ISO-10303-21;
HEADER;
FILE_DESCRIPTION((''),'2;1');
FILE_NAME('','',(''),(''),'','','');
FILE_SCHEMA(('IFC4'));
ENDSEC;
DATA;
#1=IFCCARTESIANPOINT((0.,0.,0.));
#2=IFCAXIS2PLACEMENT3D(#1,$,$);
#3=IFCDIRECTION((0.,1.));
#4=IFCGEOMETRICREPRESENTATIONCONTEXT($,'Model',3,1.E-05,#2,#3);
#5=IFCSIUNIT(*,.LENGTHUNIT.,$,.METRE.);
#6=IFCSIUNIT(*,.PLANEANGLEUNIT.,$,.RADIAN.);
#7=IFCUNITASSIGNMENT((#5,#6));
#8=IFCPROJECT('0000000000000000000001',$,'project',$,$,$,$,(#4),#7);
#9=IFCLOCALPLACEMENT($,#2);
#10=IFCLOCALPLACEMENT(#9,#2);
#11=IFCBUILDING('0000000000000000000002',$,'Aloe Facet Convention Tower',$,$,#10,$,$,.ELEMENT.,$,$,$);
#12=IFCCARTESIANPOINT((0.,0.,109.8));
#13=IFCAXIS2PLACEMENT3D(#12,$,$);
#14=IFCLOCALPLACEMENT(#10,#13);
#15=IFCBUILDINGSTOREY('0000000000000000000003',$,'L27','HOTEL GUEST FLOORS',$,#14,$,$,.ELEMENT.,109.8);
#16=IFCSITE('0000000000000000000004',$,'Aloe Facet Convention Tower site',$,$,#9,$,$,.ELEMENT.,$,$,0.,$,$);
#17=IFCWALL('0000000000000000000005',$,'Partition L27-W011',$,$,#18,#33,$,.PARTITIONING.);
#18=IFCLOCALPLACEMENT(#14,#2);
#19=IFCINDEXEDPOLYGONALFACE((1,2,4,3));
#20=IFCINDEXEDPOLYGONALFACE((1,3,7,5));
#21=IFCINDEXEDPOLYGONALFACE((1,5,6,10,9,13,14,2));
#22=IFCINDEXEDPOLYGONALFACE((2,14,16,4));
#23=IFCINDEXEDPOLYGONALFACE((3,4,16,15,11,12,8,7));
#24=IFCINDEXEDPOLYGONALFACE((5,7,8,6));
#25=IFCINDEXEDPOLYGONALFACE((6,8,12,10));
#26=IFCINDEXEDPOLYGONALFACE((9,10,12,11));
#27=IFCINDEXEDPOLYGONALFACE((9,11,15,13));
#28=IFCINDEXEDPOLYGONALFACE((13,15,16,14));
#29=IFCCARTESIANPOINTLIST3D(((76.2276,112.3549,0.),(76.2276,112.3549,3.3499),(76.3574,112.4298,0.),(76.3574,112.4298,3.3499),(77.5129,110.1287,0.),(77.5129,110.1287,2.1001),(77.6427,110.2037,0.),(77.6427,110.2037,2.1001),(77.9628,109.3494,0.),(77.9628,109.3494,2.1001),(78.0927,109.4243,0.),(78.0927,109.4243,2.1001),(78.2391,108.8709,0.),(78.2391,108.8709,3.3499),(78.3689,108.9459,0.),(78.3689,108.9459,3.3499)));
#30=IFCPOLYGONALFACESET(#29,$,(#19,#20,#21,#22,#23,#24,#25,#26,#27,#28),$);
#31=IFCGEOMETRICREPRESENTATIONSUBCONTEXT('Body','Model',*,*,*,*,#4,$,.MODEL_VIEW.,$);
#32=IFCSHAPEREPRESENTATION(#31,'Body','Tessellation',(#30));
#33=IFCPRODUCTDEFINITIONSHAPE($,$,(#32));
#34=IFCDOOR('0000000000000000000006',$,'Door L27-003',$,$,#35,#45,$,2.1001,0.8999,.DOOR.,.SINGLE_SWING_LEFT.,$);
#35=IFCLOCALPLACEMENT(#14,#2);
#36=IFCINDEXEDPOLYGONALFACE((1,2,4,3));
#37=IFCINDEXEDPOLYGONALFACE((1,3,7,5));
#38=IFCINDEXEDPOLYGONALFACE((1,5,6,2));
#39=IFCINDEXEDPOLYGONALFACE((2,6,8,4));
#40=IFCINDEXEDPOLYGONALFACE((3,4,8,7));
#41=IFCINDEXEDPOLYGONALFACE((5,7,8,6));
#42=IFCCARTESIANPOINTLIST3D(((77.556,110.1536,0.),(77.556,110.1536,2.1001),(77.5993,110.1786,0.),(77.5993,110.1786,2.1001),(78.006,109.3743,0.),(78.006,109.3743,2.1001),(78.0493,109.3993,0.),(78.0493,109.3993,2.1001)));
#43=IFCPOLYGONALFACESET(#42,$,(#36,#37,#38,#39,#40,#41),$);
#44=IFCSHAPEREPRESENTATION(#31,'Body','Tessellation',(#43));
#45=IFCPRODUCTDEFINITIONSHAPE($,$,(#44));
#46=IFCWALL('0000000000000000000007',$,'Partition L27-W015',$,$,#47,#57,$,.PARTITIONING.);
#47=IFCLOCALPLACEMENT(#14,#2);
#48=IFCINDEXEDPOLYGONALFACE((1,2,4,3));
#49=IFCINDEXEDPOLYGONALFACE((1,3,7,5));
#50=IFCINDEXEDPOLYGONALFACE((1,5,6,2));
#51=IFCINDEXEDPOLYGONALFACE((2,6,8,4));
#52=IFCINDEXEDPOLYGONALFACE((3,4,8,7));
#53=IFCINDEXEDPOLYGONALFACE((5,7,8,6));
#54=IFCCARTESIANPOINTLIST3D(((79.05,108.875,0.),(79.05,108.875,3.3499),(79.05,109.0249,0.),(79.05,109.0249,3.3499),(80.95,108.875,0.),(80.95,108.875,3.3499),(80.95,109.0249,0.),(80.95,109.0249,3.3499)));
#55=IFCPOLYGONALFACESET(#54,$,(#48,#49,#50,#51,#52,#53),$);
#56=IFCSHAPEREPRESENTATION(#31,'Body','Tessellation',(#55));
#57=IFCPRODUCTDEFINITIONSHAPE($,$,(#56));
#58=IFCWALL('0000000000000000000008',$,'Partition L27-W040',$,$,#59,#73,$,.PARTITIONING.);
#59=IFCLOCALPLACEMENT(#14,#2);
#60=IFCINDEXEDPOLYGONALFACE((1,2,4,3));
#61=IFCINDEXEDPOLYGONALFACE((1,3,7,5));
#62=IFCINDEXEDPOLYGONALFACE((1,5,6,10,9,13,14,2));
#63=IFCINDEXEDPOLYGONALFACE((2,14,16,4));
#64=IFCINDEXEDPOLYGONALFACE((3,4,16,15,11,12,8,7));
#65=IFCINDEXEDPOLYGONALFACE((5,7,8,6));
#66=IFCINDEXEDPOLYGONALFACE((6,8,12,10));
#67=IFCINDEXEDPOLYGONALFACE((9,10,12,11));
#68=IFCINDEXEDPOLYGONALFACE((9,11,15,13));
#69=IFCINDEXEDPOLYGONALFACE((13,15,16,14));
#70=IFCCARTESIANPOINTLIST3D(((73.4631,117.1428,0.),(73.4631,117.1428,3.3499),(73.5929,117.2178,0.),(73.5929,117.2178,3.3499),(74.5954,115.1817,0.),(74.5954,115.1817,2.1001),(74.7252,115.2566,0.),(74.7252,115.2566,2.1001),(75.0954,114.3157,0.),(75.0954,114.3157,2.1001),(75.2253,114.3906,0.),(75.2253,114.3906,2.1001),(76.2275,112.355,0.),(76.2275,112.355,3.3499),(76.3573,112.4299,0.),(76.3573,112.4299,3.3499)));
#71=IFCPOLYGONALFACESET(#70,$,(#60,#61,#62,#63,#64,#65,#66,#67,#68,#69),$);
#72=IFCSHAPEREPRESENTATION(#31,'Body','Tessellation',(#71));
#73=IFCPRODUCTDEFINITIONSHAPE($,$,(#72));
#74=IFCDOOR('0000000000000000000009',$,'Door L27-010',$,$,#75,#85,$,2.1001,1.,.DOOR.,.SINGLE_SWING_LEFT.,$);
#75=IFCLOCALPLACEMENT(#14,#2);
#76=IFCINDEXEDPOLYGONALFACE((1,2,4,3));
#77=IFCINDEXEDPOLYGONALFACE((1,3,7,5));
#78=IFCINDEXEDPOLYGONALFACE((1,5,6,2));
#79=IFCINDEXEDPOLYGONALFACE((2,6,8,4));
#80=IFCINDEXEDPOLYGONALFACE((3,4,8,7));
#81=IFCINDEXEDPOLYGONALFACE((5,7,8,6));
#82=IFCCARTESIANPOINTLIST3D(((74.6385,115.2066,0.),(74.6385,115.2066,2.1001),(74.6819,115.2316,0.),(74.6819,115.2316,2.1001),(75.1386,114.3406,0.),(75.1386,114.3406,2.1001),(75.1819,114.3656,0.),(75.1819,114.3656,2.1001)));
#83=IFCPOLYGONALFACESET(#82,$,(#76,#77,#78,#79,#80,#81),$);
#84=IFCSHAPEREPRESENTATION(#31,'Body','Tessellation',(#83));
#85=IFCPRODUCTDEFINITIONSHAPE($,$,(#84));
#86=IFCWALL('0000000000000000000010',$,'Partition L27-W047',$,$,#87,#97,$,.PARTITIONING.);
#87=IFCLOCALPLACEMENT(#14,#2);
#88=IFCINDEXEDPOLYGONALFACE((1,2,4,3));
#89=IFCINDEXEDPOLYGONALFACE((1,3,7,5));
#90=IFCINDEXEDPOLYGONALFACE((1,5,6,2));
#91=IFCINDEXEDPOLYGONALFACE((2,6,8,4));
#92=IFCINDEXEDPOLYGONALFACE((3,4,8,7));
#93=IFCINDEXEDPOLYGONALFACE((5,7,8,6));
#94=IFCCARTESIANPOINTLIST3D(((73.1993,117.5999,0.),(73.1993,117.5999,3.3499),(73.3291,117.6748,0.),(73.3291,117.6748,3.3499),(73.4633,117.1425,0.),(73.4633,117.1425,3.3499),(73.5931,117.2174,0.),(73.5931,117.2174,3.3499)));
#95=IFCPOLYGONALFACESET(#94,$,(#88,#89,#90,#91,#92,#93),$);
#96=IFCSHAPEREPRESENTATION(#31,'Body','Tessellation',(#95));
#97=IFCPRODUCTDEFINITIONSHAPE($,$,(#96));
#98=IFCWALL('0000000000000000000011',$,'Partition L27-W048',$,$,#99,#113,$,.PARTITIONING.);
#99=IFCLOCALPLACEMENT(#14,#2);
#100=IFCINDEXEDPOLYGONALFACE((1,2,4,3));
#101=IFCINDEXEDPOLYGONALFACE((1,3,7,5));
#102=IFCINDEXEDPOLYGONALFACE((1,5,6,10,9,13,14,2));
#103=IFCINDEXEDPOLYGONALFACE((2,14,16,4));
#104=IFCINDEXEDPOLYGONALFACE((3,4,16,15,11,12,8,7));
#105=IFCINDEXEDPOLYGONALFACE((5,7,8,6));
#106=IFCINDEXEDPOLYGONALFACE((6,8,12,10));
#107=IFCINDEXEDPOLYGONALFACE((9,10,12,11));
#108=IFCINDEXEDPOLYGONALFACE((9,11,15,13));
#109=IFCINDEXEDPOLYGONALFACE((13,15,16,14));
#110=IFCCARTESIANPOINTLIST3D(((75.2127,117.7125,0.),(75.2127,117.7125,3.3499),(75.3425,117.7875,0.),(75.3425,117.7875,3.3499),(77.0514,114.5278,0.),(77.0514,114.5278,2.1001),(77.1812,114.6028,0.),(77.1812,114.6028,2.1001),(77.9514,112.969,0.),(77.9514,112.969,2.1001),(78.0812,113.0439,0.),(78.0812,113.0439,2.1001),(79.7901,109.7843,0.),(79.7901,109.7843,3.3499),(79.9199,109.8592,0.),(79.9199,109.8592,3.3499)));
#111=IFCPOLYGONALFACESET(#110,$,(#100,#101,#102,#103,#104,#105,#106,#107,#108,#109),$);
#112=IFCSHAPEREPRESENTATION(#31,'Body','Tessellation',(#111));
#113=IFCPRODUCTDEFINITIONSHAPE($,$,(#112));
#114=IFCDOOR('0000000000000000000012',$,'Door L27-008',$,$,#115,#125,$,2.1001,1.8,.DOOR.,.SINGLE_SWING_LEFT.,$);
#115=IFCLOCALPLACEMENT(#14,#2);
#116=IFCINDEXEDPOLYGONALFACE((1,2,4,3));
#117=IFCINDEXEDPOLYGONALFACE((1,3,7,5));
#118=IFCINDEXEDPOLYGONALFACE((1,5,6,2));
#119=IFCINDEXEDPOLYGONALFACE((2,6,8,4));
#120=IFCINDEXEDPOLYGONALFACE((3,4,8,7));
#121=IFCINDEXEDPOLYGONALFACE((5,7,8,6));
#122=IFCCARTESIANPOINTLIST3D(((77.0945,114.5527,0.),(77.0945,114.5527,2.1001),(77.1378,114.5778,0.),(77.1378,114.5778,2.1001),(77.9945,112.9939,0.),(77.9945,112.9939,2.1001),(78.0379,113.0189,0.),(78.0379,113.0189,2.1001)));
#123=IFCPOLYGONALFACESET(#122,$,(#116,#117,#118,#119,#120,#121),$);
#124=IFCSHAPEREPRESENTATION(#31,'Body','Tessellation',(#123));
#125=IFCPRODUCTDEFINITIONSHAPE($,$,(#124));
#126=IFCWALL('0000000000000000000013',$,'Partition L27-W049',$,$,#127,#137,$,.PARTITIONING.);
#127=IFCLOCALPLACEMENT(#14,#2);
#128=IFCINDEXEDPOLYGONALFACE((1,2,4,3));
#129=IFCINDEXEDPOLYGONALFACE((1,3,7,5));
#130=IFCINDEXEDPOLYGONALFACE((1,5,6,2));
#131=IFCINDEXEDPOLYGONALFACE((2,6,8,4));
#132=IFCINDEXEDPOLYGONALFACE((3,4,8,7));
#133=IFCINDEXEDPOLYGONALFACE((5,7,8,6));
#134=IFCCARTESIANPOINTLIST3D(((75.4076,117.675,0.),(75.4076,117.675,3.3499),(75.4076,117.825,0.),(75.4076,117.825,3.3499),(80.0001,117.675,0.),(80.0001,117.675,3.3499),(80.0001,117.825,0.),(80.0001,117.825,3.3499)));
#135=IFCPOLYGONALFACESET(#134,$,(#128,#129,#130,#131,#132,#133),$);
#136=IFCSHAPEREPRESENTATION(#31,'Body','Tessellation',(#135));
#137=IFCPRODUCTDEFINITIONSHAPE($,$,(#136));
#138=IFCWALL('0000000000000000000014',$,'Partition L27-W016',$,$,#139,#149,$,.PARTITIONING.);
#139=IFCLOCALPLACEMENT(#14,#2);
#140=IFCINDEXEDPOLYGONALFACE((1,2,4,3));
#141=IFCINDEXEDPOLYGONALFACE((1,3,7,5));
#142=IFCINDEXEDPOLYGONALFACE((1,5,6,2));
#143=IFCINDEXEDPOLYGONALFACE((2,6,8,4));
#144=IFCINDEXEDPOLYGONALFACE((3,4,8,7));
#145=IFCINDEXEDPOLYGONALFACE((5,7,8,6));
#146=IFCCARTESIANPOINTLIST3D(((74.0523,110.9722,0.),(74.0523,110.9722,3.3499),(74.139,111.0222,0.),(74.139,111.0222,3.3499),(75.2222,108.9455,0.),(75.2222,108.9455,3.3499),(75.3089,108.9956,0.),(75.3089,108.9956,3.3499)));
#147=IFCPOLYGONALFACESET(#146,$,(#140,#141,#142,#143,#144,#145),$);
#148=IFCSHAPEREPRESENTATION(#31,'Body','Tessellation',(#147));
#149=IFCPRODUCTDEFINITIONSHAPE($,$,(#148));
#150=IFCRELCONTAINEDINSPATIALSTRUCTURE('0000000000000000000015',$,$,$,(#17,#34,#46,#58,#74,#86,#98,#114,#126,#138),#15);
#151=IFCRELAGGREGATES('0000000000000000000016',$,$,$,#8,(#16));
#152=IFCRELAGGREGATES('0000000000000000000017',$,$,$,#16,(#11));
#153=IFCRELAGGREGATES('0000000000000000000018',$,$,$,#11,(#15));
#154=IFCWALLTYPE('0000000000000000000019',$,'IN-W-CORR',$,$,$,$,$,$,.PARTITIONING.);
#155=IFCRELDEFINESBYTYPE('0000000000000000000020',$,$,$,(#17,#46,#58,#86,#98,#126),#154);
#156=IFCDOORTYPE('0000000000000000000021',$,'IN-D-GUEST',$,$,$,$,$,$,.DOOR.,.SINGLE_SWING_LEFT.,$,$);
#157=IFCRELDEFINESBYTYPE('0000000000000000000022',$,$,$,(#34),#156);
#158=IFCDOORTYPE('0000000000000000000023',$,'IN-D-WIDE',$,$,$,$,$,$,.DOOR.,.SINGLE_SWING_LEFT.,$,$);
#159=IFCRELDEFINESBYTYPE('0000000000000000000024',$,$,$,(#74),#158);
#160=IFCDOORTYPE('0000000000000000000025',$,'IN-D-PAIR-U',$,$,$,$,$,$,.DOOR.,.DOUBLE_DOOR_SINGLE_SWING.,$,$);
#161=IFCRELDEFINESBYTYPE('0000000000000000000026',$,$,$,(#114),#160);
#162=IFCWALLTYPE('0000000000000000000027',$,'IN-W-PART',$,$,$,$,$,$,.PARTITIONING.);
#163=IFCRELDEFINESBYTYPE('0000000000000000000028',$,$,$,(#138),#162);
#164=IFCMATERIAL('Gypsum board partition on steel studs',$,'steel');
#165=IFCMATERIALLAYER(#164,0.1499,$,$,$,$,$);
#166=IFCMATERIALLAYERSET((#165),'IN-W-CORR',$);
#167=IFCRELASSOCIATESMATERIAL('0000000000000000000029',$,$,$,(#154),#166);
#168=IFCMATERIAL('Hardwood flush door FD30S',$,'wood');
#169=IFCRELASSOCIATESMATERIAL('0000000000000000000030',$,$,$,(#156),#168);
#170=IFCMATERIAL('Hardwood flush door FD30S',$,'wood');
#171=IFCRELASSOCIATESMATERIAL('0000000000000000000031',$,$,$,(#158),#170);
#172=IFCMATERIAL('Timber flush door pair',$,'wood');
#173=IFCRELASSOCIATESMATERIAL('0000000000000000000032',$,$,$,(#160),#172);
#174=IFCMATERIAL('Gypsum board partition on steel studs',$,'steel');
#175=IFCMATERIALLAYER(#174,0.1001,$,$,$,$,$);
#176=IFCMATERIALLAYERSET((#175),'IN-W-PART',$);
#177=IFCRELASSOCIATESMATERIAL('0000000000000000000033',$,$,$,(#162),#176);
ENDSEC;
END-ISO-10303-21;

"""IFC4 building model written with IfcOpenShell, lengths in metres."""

from ifc_helpers import new_model, si_unit, direction, frame, frame_2d, origin, place, context, subcontext, project, spatial, rectangle, extrude, material, layer, layer_set, type_object, element, fill, save


model = new_model("IFC4")

# Units and contexts
model_context = context("Model", 3, precision=1e-05, world=origin(), true_north=direction((0.0, 1.0)))
body_context = subcontext(model_context, "Body", "Model", "MODEL_VIEW")
ifc_project = project(units=[si_unit("LENGTHUNIT", "METRE"), si_unit("PLANEANGLEUNIT", "RADIAN")], contexts=[model_context])

# Site, building, storey
site_placement = place(None, origin())
site = spatial("IfcSite", under=ifc_project, at=site_placement, Name="Aloe Facet Convention Tower site", CompositionType="ELEMENT", RefElevation=0.0)
building_placement = place(site_placement, origin())
building = spatial("IfcBuilding", under=site, at=building_placement, Name="Aloe Facet Convention Tower", CompositionType="ELEMENT")
storey_placement = place(building_placement, frame((0.0, 0.0, 109.8)))
storey = spatial("IfcBuildingStorey", under=building, at=storey_placement, Name="L27", Description="HOTEL GUEST FLOORS", CompositionType="ELEMENT", Elevation=109.8)

# Wall, opening, door
ifc_material_1 = material(Name="Gypsum board partition on steel studs", Category="steel")
ifc_layer_1 = layer(ifc_material_1, 0.1499)
ifc_layer_set_1 = layer_set([ifc_layer_1], Name="IN-W-CORR")
wall_type_1 = type_object("IfcWallType", Name="IN-W-CORR", PredefinedType="PARTITIONING", material=ifc_layer_set_1)
wall_1_placement = place(storey_placement, frame((76.2925, 112.3923, 0.0), z_axis=(0.0, 0.0, 1.0), x_axis=(0.50001, -0.86602, 0.0)))
wall_1 = element("IfcWall", 1, at=wall_1_placement, inside=storey, type_object=wall_type_1, Name="Partition L27-W011", PredefinedType="PARTITIONING", context=body_context, shape_type="SweptSolid", body=[
    extrude(rectangle(XDim=4.0229, YDim=0.1499, at=frame_2d((2.0115, 0.0))), origin(), (0.0, 0.0, 1.0), 3.3499),
])
opening_1_placement = place(wall_1_placement, frame((2.5706, 0.0, 0.0)))
opening_1 = element("IfcOpeningElement", 2, at=opening_1_placement, cuts=wall_1, PredefinedType="OPENING", context=body_context, shape_type="SweptSolid", body=[
    extrude(rectangle(XDim=0.8999, YDim=2.1001, at=frame_2d((0.45, 1.05))), frame((0.0, 0.085, 0.0), z_axis=(0.0, -1.0, 0.0), x_axis=(1.0, 0.0, 0.0)), (0.0, 0.0, 1.0), 0.1699),
])
ifc_material_2 = material(Name="Hardwood flush door FD30S", Category="wood")
door_type_1 = type_object("IfcDoorType", Name="IN-D-GUEST", OperationType="SINGLE_SWING_LEFT", PredefinedType="DOOR", material=ifc_material_2)
door_1_placement = place(opening_1_placement, origin())
door_1 = element("IfcDoor", 3, at=door_1_placement, inside=storey, type_object=door_type_1, Name="Door L27-003", OperationType="SINGLE_SWING_LEFT", OverallHeight=2.1001, OverallWidth=0.8999, PredefinedType="DOOR", context=body_context, shape_type="SweptSolid", body=[
    extrude(rectangle(XDim=0.8999, YDim=2.1001, at=frame_2d((0.45, 1.05))), frame((0.0, 0.0249, 0.0), z_axis=(0.0, -1.0, 0.0), x_axis=(1.0, 0.0, 0.0)), (0.0, 0.0, 1.0), 0.05),
])
fill(opening_1, door_1)

# Wall
wall_2_placement = place(storey_placement, frame((79.05, 108.95, 0.0), z_axis=(0.0, 0.0, 1.0), x_axis=(1.0, 0.0, 0.0)))
element("IfcWall", 4, at=wall_2_placement, inside=storey, type_object=wall_type_1, Name="Partition L27-W015", PredefinedType="PARTITIONING", context=body_context, shape_type="SweptSolid", body=[
    extrude(rectangle(XDim=1.8999, YDim=0.1499, at=frame_2d((0.95, 0.0))), origin(), (0.0, 0.0, 1.0), 3.3499),
])

# Wall, opening, door
wall_3_placement = place(storey_placement, frame((73.5281, 117.1802, 0.0), z_axis=(0.0, 0.0, 1.0), x_axis=(0.500019, -0.866014, 0.0)))
wall_3 = element("IfcWall", 5, at=wall_3_placement, inside=storey, type_object=wall_type_1, Name="Partition L27-W040", PredefinedType="PARTITIONING", context=body_context, shape_type="SweptSolid", body=[
    extrude(rectangle(XDim=5.5286, YDim=0.1499, at=frame_2d((2.7642, 0.0))), origin(), (0.0, 0.0, 1.0), 3.3499),
])
opening_2_placement = place(wall_3_placement, frame((2.2644, 0.0, 0.0)))
opening_2 = element("IfcOpeningElement", 6, at=opening_2_placement, cuts=wall_3, PredefinedType="OPENING", context=body_context, shape_type="SweptSolid", body=[
    extrude(rectangle(XDim=1.0, YDim=2.1001, at=frame_2d((0.5, 1.05))), frame((0.0, 0.085, 0.0), z_axis=(0.0, -1.0, 0.0), x_axis=(1.0, 0.0, 0.0)), (0.0, 0.0, 1.0), 0.1699),
])
ifc_material_3 = material(Name="Hardwood flush door FD30S", Category="wood")
door_type_2 = type_object("IfcDoorType", Name="IN-D-WIDE", OperationType="SINGLE_SWING_LEFT", PredefinedType="DOOR", material=ifc_material_3)
door_2_placement = place(opening_2_placement, origin())
door_2 = element("IfcDoor", 7, at=door_2_placement, inside=storey, type_object=door_type_2, Name="Door L27-010", OperationType="SINGLE_SWING_LEFT", OverallHeight=2.1001, OverallWidth=1.0, PredefinedType="DOOR", context=body_context, shape_type="SweptSolid", body=[
    extrude(rectangle(XDim=1.0, YDim=2.1001, at=frame_2d((0.5, 1.05))), frame((0.0, 0.0249, 0.0), z_axis=(0.0, -1.0, 0.0), x_axis=(1.0, 0.0, 0.0)), (0.0, 0.0, 1.0), 0.05),
])
fill(opening_2, door_2)

# Wall
wall_4_placement = place(storey_placement, frame((73.2642, 117.6375, 0.0), z_axis=(0.0, 0.0, 1.0), x_axis=(0.499869, -0.866101, 0.0)))
element("IfcWall", 8, at=wall_4_placement, inside=storey, type_object=wall_type_1, Name="Partition L27-W047", PredefinedType="PARTITIONING", context=body_context, shape_type="SweptSolid", body=[
    extrude(rectangle(XDim=0.5281, YDim=0.1499, at=frame_2d((0.2642, 0.0))), origin(), (0.0, 0.0, 1.0), 3.3499),
])

# Wall, opening, door
wall_5_placement = place(storey_placement, frame((75.2776, 117.75, 0.0), z_axis=(0.0, 0.0, 1.0), x_axis=(0.500003, -0.866024, 0.0)))
wall_5 = element("IfcWall", 9, at=wall_5_placement, inside=storey, type_object=wall_type_1, Name="Partition L27-W048", PredefinedType="PARTITIONING", context=body_context, shape_type="SweptSolid", body=[
    extrude(rectangle(XDim=9.1548, YDim=0.1499, at=frame_2d((4.5774, 0.0))), origin(), (0.0, 0.0, 1.0), 3.3499),
])
opening_3_placement = place(wall_5_placement, frame((3.6775, 0.0, 0.0)))
opening_3 = element("IfcOpeningElement", 10, at=opening_3_placement, cuts=wall_5, PredefinedType="OPENING", context=body_context, shape_type="SweptSolid", body=[
    extrude(rectangle(XDim=1.8, YDim=2.1001, at=frame_2d((0.8999, 1.05))), frame((0.0, 0.085, 0.0), z_axis=(0.0, -1.0, 0.0), x_axis=(1.0, 0.0, 0.0)), (0.0, 0.0, 1.0), 0.1699),
])
ifc_material_4 = material(Name="Timber flush door pair", Category="wood")
door_type_3 = type_object("IfcDoorType", Name="IN-D-PAIR-U", OperationType="DOUBLE_DOOR_SINGLE_SWING", PredefinedType="DOOR", material=ifc_material_4)
door_3_placement = place(opening_3_placement, origin())
door_3 = element("IfcDoor", 11, at=door_3_placement, inside=storey, type_object=door_type_3, Name="Door L27-008", OperationType="SINGLE_SWING_LEFT", OverallHeight=2.1001, OverallWidth=1.8, PredefinedType="DOOR", context=body_context, shape_type="SweptSolid", body=[
    extrude(rectangle(XDim=1.8, YDim=2.1001, at=frame_2d((0.8999, 1.05))), frame((0.0, 0.0249, 0.0), z_axis=(0.0, -1.0, 0.0), x_axis=(1.0, 0.0, 0.0)), (0.0, 0.0, 1.0), 0.05),
])
fill(opening_3, door_3)

# Walls
wall_6_placement = place(storey_placement, frame((75.4075, 117.75, 0.0), z_axis=(0.0, 0.0, 1.0), x_axis=(1.0, 0.0, 0.0)))
element("IfcWall", 12, at=wall_6_placement, inside=storey, type_object=wall_type_1, Name="Partition L27-W049", PredefinedType="PARTITIONING", context=body_context, shape_type="SweptSolid", body=[
    extrude(rectangle(XDim=4.5925, YDim=0.1499, at=frame_2d((2.2964, 0.0))), origin(), (0.0, 0.0, 1.0), 3.3499),
])
ifc_material_5 = material(Name="Gypsum board partition on steel studs", Category="steel")
ifc_layer_2 = layer(ifc_material_5, 0.1001)
ifc_layer_set_2 = layer_set([ifc_layer_2], Name="IN-W-PART")
wall_type_2 = type_object("IfcWallType", Name="IN-W-PART", PredefinedType="PARTITIONING", material=ifc_layer_set_2)
wall_7_placement = place(storey_placement, frame((74.0957, 110.9971, 0.0), z_axis=(0.0, 0.0, 1.0), x_axis=(0.499954, -0.866052, 0.0)))
element("IfcWall", 13, at=wall_7_placement, inside=storey, type_object=wall_type_2, Name="Partition L27-W016", PredefinedType="PARTITIONING", context=body_context, shape_type="SweptSolid", body=[
    extrude(rectangle(XDim=2.3401, YDim=0.1001, at=frame_2d((1.1699, 0.0))), origin(), (0.0, 0.0, 1.0), 3.3499),
])

save(model, "model.ifc")
